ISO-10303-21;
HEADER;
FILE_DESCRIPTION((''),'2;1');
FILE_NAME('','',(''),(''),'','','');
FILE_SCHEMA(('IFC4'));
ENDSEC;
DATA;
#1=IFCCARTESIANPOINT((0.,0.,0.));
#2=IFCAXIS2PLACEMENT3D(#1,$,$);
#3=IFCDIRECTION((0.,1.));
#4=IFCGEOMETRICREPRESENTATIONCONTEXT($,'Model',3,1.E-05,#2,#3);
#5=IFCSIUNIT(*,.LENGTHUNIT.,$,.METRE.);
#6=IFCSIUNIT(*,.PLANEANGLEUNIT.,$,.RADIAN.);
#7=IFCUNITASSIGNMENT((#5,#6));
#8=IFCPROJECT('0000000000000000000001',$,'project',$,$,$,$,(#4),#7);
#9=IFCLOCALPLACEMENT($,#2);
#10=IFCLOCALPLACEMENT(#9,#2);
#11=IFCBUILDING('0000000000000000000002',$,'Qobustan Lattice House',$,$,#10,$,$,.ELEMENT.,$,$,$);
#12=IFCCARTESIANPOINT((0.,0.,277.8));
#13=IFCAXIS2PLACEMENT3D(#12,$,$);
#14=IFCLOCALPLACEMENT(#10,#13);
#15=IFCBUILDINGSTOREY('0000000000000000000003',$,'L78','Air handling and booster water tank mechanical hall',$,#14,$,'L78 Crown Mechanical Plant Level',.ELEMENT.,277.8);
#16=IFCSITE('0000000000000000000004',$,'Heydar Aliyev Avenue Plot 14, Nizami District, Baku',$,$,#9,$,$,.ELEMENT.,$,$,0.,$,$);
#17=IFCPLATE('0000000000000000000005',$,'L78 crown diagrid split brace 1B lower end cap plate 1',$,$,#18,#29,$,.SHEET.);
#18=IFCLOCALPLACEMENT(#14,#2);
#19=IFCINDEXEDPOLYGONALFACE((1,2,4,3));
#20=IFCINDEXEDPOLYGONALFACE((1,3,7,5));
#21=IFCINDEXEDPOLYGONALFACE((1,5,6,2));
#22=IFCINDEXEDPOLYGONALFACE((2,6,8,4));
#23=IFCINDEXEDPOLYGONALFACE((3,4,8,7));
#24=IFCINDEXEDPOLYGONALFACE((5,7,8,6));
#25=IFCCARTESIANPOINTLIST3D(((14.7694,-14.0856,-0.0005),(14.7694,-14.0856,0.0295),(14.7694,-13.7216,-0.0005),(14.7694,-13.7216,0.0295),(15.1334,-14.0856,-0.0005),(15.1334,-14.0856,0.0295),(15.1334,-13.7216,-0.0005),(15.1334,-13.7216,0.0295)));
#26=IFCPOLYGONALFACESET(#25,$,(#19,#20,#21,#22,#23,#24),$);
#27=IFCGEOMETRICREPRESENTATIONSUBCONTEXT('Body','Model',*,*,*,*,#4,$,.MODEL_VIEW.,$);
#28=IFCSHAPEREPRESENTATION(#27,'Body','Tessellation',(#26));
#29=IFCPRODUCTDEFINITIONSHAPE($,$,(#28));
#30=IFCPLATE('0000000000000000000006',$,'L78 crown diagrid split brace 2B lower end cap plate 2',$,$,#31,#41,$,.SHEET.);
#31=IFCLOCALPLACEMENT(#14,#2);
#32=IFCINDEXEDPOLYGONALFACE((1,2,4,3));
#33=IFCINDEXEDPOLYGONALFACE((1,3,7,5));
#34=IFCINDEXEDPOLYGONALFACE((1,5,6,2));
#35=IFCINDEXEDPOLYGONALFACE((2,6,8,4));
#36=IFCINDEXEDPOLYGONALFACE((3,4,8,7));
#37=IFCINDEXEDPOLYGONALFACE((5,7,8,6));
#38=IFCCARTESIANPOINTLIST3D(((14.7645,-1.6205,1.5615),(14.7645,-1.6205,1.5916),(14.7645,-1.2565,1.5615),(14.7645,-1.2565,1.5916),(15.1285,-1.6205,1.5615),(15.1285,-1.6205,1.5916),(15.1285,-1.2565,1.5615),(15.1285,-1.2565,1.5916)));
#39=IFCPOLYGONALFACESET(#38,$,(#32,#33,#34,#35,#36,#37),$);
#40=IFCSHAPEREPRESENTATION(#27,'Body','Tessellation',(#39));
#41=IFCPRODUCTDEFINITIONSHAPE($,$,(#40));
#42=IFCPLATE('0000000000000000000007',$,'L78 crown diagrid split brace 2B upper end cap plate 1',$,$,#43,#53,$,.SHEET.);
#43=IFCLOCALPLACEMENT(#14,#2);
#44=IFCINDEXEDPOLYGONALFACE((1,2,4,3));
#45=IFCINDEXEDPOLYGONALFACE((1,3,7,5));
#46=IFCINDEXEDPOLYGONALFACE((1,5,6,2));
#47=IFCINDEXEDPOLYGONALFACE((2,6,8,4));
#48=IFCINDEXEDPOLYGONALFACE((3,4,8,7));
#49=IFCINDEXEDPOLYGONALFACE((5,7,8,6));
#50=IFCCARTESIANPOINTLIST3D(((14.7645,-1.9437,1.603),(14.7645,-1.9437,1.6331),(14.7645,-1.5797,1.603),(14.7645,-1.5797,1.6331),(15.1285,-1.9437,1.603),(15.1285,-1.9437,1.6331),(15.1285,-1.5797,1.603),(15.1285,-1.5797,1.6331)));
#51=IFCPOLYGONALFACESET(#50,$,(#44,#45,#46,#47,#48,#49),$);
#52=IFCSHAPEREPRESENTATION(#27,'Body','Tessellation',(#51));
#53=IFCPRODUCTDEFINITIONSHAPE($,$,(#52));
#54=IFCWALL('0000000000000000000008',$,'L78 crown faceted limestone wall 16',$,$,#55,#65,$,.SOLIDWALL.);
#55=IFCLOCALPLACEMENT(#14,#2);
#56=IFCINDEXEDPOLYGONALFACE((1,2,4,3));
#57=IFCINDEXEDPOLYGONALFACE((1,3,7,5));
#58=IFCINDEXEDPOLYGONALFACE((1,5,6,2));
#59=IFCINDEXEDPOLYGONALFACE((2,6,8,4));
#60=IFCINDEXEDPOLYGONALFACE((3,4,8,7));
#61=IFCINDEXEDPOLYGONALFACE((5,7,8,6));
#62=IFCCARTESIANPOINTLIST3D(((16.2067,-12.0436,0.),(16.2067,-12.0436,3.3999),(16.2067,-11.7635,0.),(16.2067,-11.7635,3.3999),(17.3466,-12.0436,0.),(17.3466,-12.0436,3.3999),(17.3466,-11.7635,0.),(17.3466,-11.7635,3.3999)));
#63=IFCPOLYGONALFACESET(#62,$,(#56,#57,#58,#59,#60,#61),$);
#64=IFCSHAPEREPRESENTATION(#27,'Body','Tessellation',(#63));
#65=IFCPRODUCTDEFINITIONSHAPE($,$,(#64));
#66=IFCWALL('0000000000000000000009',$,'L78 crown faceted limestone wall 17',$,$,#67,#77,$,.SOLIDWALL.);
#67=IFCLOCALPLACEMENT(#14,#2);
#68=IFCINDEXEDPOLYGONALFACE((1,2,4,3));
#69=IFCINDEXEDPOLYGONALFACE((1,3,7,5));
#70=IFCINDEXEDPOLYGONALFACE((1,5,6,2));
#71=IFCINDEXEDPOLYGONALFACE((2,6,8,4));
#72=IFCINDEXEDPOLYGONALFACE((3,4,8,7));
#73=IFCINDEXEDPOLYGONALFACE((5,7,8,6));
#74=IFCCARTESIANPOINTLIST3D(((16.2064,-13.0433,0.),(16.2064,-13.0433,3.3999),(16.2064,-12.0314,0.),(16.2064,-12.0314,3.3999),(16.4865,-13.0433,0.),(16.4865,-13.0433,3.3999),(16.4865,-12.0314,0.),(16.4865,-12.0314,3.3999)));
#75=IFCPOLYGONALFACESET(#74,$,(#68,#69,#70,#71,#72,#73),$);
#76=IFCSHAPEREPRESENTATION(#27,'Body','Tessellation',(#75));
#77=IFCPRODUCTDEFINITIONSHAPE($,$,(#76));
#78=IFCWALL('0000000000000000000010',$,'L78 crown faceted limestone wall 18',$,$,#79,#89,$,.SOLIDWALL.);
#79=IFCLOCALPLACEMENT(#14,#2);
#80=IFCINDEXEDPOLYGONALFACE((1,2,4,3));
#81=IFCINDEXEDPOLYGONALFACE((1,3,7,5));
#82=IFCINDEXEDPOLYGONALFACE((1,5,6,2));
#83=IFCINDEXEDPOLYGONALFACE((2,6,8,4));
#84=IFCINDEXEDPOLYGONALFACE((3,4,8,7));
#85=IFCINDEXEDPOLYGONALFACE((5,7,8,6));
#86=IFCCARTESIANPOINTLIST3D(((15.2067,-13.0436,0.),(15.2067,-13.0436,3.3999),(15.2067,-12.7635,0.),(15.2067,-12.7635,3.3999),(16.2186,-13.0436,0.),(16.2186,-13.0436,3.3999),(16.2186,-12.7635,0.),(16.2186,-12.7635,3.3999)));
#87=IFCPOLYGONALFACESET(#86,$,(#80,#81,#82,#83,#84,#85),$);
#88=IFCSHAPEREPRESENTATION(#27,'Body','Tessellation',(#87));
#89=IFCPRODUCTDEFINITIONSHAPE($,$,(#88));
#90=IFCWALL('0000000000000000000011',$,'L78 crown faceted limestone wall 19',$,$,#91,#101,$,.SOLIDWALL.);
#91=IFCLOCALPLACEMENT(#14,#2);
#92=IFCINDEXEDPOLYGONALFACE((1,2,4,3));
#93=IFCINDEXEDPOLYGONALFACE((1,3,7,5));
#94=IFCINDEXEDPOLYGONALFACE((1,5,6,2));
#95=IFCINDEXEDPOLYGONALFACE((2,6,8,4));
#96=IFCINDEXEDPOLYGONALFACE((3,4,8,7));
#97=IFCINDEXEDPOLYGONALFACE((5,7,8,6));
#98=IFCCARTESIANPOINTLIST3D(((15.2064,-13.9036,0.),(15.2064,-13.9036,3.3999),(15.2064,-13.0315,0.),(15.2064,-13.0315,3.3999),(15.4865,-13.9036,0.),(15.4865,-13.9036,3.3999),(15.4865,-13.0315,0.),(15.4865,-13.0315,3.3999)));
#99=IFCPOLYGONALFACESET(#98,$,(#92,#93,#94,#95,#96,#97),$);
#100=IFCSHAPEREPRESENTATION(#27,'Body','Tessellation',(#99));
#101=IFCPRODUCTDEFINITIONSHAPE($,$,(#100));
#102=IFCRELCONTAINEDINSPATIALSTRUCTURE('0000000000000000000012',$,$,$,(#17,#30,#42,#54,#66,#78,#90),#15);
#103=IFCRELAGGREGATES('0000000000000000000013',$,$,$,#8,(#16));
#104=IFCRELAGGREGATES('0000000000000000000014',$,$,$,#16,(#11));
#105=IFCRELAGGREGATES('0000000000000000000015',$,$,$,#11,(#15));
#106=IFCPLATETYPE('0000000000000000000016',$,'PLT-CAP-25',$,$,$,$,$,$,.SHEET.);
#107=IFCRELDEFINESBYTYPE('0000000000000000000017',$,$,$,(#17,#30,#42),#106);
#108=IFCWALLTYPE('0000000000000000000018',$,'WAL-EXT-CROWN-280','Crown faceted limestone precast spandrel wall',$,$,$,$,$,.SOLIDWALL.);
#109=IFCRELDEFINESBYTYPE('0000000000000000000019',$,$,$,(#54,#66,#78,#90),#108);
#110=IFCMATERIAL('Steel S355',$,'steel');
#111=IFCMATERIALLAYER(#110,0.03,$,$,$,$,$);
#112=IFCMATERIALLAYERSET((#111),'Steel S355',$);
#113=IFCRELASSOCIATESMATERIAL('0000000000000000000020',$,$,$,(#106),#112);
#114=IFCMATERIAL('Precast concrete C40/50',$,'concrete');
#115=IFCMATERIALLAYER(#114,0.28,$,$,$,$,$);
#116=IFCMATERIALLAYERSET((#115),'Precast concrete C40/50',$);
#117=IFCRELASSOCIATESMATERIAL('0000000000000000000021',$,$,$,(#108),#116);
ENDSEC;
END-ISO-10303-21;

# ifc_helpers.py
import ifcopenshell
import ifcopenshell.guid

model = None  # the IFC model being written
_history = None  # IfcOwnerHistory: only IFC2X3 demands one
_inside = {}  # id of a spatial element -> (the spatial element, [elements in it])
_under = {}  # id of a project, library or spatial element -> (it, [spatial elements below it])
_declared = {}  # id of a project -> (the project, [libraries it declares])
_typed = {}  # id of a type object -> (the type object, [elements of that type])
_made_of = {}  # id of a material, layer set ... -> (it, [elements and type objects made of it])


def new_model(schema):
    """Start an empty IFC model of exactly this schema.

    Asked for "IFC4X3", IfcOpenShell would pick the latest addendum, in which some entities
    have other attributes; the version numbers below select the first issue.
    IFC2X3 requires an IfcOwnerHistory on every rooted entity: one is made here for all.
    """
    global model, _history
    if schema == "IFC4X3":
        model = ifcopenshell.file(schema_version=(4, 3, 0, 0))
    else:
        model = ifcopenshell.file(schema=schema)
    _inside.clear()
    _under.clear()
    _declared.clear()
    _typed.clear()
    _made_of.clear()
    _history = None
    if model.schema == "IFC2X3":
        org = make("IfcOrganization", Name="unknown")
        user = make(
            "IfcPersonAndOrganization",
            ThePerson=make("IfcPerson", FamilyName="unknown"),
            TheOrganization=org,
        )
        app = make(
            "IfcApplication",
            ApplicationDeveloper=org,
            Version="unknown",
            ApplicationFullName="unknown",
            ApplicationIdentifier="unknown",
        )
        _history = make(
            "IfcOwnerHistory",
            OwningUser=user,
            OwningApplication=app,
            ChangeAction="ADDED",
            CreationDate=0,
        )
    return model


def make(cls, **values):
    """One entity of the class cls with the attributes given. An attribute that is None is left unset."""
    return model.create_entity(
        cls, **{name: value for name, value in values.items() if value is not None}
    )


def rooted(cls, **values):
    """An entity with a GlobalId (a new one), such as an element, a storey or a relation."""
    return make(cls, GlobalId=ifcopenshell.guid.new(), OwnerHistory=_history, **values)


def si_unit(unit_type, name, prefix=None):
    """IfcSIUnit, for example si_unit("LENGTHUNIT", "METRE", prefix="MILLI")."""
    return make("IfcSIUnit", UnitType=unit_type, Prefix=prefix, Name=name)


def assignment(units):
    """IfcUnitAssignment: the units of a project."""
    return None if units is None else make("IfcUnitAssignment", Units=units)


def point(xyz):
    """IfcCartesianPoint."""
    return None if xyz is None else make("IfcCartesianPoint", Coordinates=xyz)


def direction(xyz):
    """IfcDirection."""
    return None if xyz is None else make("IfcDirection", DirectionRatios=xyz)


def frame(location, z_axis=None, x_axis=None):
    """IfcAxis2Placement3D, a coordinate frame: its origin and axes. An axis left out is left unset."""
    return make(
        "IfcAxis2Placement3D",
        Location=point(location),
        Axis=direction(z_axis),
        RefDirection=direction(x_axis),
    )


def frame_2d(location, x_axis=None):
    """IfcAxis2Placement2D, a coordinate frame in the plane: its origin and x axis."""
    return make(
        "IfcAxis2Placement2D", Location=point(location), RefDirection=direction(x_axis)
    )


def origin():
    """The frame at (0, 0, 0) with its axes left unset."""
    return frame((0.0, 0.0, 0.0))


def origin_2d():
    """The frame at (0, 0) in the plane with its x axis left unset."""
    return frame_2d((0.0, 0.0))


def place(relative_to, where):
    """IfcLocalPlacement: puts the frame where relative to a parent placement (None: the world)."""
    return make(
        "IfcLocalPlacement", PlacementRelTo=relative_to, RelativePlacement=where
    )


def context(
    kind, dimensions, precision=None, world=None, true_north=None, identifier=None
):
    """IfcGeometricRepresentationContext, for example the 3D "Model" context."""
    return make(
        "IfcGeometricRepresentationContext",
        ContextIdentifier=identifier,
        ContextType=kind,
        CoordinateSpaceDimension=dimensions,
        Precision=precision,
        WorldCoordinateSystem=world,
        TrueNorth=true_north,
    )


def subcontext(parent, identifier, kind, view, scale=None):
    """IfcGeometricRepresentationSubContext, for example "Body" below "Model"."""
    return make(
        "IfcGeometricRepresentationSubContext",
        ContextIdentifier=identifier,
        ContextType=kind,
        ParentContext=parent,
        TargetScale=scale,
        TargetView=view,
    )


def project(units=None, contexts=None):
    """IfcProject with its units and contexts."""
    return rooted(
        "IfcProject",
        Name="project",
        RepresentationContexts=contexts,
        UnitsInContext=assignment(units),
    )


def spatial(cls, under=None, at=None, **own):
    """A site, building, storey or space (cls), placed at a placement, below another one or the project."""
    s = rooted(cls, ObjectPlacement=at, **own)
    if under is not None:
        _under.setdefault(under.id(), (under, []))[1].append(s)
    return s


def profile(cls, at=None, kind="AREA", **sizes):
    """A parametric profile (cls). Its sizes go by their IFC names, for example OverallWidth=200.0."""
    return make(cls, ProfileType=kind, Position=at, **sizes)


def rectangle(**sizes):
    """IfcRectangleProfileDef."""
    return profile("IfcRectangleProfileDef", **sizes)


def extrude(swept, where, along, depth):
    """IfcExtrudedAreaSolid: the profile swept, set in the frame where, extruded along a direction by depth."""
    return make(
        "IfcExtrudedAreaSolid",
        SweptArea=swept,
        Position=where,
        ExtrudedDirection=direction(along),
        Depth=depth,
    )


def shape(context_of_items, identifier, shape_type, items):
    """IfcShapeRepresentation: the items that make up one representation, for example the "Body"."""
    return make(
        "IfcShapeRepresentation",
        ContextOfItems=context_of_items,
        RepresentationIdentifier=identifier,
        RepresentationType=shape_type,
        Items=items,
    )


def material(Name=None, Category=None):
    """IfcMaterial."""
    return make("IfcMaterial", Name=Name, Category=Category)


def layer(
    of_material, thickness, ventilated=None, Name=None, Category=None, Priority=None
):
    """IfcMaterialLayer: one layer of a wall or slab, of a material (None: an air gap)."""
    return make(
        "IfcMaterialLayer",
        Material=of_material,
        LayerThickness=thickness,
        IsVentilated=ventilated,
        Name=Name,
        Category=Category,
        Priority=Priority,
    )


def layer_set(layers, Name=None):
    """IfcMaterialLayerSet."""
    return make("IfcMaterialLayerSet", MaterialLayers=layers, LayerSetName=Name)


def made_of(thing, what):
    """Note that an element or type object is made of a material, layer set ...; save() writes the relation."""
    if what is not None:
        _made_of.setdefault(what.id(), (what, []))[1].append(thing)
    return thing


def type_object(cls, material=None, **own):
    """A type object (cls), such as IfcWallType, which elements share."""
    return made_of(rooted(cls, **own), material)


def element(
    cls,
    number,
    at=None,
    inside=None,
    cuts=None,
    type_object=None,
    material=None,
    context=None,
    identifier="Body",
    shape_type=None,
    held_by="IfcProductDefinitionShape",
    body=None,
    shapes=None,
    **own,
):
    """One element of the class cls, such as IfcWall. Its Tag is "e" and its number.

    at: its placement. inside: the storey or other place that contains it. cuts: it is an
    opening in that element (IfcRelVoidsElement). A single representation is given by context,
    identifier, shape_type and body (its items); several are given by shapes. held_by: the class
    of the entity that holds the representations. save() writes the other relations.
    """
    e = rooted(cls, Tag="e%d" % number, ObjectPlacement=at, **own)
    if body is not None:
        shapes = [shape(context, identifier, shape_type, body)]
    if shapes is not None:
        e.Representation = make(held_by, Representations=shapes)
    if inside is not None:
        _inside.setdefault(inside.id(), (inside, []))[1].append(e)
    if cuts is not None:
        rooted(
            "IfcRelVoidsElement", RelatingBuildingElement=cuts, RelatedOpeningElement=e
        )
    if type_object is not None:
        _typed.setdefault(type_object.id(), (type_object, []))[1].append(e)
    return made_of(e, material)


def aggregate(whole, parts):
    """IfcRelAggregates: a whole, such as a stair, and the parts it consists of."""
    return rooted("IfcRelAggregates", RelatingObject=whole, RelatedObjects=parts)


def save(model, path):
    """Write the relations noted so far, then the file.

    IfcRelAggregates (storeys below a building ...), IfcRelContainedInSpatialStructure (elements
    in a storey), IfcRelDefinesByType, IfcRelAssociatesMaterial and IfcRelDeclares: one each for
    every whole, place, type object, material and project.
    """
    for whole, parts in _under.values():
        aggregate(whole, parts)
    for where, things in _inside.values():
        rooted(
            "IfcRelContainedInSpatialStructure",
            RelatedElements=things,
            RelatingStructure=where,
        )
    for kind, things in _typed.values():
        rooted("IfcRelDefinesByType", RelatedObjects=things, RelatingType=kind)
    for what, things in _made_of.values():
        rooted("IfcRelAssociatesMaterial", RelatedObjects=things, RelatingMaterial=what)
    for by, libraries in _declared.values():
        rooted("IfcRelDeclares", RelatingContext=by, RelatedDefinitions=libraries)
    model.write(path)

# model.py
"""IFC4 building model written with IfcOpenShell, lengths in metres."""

from ifc_helpers import new_model, si_unit, direction, frame, frame_2d, origin, origin_2d, place, context, subcontext, project, spatial, rectangle, extrude, material, layer, layer_set, type_object, element, save


model = new_model("IFC4")

# Units and contexts
model_context = context("Model", 3, precision=1e-05, world=origin(), true_north=direction((0.0, 1.0)))
body_context = subcontext(model_context, "Body", "Model", "MODEL_VIEW")
ifc_project = project(units=[si_unit("LENGTHUNIT", "METRE"), si_unit("PLANEANGLEUNIT", "RADIAN")], contexts=[model_context])

# Site, building, storey
site_placement = place(None, origin())
site = spatial("IfcSite", under=ifc_project, at=site_placement, Name="Heydar Aliyev Avenue Plot 14, Nizami District, Baku", CompositionType="ELEMENT", RefElevation=0.0)
building_placement = place(site_placement, origin())
building = spatial("IfcBuilding", under=site, at=building_placement, Name="Qobustan Lattice House", CompositionType="ELEMENT")
storey_placement = place(building_placement, frame((0.0, 0.0, 277.8)))
storey = spatial("IfcBuildingStorey", under=building, at=storey_placement, Name="L78", Description="Air handling and booster water tank mechanical hall", LongName="L78 Crown Mechanical Plant Level", CompositionType="ELEMENT", Elevation=277.8)

# Plates
ifc_material_1 = material(Name="Steel S355", Category="steel")
ifc_layer_1 = layer(ifc_material_1, 0.03)
ifc_layer_set_1 = layer_set([ifc_layer_1], Name="Steel S355")
plate_type_1 = type_object("IfcPlateType", Name="PLT-CAP-25", PredefinedType="SHEET", material=ifc_layer_set_1)
for number, where, z_axis, x_axis, name in (
    (1, (14.9514, -13.9036, -0.0005), (0.0, 0.0, 1.0), (-1.0, 0.0, 0.0), "L78 crown diagrid split brace 1B lower end cap plate 1"),
    (2, (14.9465, -1.4385, 1.5615), (0.0, 0.0, 1.0), (0.0, -1.0, 0.0), "L78 crown diagrid split brace 2B lower end cap plate 2"),
    (3, (14.9465, -1.7617, 1.603), (0.0, 0.0, 1.0), (0.0, -1.0, 0.0), "L78 crown diagrid split brace 2B upper end cap plate 1"),
):
    element("IfcPlate", number, at=place(storey_placement, frame(where, z_axis=z_axis, x_axis=x_axis)), inside=storey, type_object=plate_type_1, Name=name, PredefinedType="SHEET", context=body_context, shape_type="SweptSolid", body=[
        extrude(rectangle(XDim=0.364, YDim=0.364, at=origin_2d()), origin(), (0.0, 0.0, 1.0), 0.03),
    ])

# Walls
ifc_material_2 = material(Name="Precast concrete C40/50", Category="concrete")
ifc_layer_2 = layer(ifc_material_2, 0.28)
ifc_layer_set_2 = layer_set([ifc_layer_2], Name="Precast concrete C40/50")
wall_type = type_object("IfcWallType", Name="WAL-EXT-CROWN-280", Description="Crown faceted limestone precast spandrel wall", PredefinedType="SOLIDWALL", material=ifc_layer_set_2)
wall_1_placement = place(storey_placement, frame((17.3464, -11.9036, 0.0), z_axis=(0.0, 0.0, 1.0), x_axis=(-1.0, 0.0, 0.0)))
element("IfcWall", 4, at=wall_1_placement, inside=storey, type_object=wall_type, Name="L78 crown faceted limestone wall 16", PredefinedType="SOLIDWALL", context=body_context, shape_type="SweptSolid", body=[
    extrude(rectangle(XDim=1.1399, YDim=0.28, at=frame_2d((0.5698, 0.0))), origin(), (0.0, 0.0, 1.0), 3.3999),
])
for number, where, z_axis, x_axis, name in (
    (5, (16.3464, -12.0315, 0.0), (0.0, 0.0, 1.0), (0.0, -1.0, 0.0), "L78 crown faceted limestone wall 17"),
    (6, (16.2185, -12.9036, 0.0), (0.0, 0.0, 1.0), (-1.0, 0.0, 0.0), "L78 crown faceted limestone wall 18"),
):
    element("IfcWall", number, at=place(storey_placement, frame(where, z_axis=z_axis, x_axis=x_axis)), inside=storey, type_object=wall_type, Name=name, PredefinedType="SOLIDWALL", context=body_context, shape_type="SweptSolid", body=[
        extrude(rectangle(XDim=1.012, YDim=0.28, at=frame_2d((0.5059, 0.0))), origin(), (0.0, 0.0, 1.0), 3.3999),
    ])
wall_2_placement = place(storey_placement, frame((15.3464, -13.0315, 0.0), z_axis=(0.0, 0.0, 1.0), x_axis=(0.0, -1.0, 0.0)))
element("IfcWall", 7, at=wall_2_placement, inside=storey, type_object=wall_type, Name="L78 crown faceted limestone wall 19", PredefinedType="SOLIDWALL", context=body_context, shape_type="SweptSolid", body=[
    extrude(rectangle(XDim=0.8721, YDim=0.28, at=frame_2d((0.436, 0.0))), origin(), (0.0, 0.0, 1.0), 3.3999),
])

save(model, "model.ifc")
